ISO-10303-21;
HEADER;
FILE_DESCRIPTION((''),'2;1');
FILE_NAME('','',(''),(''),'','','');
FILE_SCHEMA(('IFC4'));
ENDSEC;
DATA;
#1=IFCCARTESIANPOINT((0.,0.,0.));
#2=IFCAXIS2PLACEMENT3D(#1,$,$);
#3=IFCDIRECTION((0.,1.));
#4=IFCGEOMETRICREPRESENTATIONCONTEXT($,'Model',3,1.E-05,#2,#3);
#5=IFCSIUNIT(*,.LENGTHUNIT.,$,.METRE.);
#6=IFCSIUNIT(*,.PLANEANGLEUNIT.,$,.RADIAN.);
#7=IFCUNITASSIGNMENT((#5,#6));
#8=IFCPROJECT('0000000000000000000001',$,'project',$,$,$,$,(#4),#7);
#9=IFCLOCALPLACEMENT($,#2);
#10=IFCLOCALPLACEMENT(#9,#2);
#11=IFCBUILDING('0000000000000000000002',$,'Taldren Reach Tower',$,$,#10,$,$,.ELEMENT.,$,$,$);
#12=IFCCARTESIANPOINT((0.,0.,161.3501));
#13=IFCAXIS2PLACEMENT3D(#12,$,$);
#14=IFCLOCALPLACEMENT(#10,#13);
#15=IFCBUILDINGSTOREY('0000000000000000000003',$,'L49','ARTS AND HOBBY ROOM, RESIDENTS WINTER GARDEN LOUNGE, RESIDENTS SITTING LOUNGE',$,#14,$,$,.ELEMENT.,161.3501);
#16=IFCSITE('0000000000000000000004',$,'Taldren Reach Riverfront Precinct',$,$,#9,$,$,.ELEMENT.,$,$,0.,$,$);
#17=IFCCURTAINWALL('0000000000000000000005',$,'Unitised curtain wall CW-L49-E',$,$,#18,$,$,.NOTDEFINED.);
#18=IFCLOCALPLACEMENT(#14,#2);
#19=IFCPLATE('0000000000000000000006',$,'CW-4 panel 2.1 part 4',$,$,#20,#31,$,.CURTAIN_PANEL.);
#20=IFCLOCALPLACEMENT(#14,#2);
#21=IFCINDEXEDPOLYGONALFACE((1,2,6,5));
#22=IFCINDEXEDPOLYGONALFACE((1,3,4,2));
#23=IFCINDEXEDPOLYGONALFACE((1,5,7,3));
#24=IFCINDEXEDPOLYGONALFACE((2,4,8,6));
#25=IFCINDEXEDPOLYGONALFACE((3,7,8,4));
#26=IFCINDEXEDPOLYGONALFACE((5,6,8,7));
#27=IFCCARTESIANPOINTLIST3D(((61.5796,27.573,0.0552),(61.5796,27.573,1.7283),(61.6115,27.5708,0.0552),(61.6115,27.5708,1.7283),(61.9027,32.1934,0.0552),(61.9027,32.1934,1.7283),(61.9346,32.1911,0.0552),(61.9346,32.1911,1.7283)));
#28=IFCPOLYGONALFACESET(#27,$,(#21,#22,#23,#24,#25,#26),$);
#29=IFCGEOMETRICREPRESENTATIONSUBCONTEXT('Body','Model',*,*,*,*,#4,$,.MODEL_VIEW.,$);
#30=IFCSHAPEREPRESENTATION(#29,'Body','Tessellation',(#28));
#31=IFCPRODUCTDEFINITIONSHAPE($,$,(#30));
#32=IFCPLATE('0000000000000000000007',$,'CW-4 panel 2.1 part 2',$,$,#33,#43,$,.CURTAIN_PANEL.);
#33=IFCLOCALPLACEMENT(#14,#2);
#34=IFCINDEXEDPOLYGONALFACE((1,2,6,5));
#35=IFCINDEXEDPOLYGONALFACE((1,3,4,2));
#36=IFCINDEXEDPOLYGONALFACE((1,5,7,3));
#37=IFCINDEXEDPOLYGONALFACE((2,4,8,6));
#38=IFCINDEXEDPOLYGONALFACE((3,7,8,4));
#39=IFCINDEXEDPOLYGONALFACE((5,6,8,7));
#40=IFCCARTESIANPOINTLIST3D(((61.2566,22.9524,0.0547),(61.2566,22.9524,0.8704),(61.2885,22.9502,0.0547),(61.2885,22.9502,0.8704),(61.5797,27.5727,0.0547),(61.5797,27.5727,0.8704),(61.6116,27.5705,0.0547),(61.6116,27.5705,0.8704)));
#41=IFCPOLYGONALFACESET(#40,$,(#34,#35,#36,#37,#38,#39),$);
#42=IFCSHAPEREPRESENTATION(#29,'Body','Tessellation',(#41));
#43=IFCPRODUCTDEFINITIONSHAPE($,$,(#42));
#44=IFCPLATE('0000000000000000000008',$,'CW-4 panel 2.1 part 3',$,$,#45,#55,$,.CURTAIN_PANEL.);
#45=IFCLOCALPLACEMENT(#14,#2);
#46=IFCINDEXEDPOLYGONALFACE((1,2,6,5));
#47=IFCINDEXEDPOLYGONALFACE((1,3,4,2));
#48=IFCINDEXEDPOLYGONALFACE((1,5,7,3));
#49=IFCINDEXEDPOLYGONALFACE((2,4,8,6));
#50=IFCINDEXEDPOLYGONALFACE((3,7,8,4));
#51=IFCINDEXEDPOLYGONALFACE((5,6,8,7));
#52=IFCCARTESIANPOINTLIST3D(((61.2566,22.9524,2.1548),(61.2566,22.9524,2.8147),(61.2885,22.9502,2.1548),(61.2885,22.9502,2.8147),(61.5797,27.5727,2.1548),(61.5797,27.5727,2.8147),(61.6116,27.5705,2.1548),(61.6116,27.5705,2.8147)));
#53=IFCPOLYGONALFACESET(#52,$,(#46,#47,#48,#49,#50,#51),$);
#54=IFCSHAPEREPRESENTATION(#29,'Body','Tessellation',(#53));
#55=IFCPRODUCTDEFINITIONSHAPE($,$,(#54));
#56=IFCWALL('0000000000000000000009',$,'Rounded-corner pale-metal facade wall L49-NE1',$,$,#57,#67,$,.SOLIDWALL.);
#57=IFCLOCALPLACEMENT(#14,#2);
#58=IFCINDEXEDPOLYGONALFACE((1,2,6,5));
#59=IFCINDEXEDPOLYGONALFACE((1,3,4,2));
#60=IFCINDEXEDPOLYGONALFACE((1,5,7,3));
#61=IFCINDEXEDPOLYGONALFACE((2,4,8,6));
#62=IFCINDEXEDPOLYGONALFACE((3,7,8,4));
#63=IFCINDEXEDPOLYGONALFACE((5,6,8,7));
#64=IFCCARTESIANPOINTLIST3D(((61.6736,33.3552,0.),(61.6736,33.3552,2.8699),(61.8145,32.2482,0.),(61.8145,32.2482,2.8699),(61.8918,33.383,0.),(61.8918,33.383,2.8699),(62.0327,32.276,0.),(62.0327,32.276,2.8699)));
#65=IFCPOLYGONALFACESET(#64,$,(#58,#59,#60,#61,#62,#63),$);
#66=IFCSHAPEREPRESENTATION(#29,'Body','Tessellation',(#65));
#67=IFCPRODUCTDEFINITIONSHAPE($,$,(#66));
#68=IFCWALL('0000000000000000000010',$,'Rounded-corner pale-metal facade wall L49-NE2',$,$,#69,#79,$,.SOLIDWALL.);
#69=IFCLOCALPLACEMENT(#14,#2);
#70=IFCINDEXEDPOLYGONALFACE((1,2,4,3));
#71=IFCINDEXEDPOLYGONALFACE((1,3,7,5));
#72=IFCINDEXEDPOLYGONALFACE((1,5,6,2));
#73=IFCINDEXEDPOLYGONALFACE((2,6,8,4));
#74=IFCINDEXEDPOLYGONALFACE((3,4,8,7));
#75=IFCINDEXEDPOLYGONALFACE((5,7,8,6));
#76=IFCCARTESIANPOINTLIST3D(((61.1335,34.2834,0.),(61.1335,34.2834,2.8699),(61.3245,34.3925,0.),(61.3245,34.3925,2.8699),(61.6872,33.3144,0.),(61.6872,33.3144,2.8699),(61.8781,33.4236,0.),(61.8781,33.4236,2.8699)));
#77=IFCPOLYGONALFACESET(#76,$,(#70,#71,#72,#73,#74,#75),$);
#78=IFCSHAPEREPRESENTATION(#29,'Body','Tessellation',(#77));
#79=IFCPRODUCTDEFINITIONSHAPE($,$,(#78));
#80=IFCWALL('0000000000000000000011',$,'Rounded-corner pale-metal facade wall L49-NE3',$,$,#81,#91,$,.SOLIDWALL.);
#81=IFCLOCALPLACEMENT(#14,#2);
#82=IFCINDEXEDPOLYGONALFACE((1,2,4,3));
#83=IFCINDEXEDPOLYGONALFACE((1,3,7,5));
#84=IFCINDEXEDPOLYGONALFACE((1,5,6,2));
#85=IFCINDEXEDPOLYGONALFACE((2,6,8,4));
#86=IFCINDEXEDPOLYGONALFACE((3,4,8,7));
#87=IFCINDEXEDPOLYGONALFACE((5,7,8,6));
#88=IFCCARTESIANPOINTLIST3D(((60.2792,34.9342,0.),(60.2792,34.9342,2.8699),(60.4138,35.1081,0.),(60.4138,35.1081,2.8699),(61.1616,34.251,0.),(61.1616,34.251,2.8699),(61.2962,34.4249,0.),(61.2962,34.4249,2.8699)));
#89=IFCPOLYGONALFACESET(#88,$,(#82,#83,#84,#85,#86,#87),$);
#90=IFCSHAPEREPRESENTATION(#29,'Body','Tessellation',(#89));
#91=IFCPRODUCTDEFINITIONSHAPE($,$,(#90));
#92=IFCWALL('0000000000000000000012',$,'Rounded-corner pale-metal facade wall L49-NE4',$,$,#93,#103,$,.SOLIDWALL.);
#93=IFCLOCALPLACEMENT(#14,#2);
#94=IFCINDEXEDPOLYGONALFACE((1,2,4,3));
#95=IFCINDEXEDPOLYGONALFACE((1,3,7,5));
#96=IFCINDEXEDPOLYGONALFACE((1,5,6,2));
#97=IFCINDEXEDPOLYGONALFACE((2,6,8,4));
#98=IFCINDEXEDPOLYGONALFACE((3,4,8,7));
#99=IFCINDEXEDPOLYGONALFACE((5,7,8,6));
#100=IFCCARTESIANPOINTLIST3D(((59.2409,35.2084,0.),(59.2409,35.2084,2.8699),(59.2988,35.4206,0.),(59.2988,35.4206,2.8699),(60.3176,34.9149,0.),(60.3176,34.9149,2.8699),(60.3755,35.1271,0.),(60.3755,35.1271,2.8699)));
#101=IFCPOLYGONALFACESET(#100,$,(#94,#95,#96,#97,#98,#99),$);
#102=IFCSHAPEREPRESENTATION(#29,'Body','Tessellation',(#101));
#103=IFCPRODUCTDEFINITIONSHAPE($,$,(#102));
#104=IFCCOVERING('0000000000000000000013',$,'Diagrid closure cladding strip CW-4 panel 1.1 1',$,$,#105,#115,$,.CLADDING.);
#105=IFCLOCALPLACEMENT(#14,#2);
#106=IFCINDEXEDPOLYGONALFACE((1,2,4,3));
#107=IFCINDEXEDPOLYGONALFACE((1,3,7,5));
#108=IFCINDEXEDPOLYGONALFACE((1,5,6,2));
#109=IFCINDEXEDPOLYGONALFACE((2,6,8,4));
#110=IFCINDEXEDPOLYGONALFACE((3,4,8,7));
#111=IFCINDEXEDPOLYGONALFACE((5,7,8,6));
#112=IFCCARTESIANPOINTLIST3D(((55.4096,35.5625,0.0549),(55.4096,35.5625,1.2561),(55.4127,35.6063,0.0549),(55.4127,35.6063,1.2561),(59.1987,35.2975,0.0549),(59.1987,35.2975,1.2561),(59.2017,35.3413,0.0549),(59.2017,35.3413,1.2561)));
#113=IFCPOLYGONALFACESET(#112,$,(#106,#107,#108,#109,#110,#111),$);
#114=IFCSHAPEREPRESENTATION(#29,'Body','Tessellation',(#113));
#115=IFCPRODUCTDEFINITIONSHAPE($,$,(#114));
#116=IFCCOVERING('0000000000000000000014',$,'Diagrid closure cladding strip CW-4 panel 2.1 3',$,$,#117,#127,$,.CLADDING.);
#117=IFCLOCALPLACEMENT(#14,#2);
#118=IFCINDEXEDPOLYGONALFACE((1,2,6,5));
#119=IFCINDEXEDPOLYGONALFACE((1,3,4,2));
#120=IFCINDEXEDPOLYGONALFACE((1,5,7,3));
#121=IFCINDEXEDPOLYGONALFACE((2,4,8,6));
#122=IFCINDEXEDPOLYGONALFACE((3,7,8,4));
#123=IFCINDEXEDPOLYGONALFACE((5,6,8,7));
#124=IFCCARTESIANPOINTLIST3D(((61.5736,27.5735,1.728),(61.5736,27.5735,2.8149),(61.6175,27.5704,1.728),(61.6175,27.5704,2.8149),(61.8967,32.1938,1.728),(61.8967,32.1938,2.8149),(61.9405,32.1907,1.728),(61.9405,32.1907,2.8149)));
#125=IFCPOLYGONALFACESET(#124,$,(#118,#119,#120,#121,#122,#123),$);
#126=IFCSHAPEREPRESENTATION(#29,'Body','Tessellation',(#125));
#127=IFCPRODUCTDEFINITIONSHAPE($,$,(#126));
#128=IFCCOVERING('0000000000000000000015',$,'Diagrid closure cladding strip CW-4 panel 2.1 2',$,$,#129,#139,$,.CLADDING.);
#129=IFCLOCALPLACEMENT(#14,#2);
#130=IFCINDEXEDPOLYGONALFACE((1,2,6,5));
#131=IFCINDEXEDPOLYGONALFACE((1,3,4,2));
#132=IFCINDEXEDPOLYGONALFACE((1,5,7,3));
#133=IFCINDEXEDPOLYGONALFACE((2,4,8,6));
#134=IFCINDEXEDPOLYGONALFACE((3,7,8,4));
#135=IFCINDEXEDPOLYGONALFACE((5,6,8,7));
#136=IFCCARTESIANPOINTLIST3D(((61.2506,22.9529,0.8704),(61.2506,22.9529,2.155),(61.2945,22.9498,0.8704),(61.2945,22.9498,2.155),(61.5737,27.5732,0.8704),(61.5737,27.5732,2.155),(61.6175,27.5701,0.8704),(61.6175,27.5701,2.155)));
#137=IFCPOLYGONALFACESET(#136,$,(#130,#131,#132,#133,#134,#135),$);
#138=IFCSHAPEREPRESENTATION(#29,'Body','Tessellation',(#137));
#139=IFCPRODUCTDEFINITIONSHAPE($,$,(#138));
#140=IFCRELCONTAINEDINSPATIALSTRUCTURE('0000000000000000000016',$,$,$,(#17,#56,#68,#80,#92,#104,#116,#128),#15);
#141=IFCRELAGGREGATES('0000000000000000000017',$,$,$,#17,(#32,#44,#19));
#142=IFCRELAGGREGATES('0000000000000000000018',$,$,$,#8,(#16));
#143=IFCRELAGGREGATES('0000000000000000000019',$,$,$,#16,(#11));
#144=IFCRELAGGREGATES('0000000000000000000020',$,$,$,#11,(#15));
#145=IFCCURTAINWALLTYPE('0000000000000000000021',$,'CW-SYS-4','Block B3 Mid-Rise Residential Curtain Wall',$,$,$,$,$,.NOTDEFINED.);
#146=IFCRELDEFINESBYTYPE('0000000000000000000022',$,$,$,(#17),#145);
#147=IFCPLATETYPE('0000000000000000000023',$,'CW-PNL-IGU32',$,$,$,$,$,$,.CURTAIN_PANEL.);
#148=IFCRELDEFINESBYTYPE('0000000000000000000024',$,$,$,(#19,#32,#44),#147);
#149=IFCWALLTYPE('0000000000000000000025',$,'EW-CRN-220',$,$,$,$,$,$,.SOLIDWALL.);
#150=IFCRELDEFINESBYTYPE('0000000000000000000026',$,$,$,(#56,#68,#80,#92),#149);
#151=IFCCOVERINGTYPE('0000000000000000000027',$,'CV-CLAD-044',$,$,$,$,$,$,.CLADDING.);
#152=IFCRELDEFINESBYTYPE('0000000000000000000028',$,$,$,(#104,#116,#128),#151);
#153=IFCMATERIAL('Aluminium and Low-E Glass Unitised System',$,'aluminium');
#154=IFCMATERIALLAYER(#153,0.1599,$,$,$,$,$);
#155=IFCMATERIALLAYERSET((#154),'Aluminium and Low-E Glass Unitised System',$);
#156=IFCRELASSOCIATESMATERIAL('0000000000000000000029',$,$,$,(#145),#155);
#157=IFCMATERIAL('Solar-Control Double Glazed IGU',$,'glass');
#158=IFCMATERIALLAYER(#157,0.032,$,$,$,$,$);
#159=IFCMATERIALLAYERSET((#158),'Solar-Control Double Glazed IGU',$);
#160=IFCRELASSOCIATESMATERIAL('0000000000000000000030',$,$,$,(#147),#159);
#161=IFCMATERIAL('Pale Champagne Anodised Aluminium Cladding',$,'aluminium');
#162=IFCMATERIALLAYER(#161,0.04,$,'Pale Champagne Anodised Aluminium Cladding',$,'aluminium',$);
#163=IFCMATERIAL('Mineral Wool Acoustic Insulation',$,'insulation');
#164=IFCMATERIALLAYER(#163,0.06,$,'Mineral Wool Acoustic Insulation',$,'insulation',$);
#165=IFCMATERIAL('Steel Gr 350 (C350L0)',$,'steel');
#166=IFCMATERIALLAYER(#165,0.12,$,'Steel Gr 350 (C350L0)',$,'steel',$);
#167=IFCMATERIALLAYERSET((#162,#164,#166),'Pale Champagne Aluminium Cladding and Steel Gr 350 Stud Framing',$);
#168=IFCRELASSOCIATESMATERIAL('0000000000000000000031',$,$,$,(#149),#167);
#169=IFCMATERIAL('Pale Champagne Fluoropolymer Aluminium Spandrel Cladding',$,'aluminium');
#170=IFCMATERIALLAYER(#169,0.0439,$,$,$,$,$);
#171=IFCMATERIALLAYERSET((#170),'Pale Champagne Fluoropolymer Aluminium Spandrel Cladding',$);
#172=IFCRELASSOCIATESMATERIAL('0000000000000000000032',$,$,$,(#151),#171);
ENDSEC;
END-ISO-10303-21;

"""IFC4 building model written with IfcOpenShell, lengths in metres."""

from ifc_helpers import new_model, si_unit, direction, frame, frame_2d, origin, origin_2d, place, context, subcontext, project, spatial, rectangle, extrude, source, transform, mapped, material, layer, layer_set, type_object, element, aggregate, save


model = new_model("IFC4")

# Units and contexts
model_context = context("Model", 3, precision=1e-05, world=origin(), true_north=direction((0.0, 1.0)))
body_context = subcontext(model_context, "Body", "Model", "MODEL_VIEW")
ifc_project = project(units=[si_unit("LENGTHUNIT", "METRE"), si_unit("PLANEANGLEUNIT", "RADIAN")], contexts=[model_context])

# Site, building, storey
site_placement = place(None, origin())
site = spatial("IfcSite", under=ifc_project, at=site_placement, Name="Taldren Reach Riverfront Precinct", CompositionType="ELEMENT", RefElevation=0.0)
building_placement = place(site_placement, origin())
building = spatial("IfcBuilding", under=site, at=building_placement, Name="Taldren Reach Tower", CompositionType="ELEMENT")
storey_placement = place(building_placement, frame((0.0, 0.0, 161.3501)))
storey = spatial("IfcBuildingStorey", under=building, at=storey_placement, Name="L49", Description="ARTS AND HOBBY ROOM, RESIDENTS WINTER GARDEN LOUNGE, RESIDENTS SITTING LOUNGE", CompositionType="ELEMENT", Elevation=161.3501)

# Shared definitions
ifc_material_1 = material(Name="Steel Gr 350 (C350L0)", Category="steel")

# Shared definitions
ifc_material_2 = material(Name="Aluminium and Low-E Glass Unitised System", Category="aluminium")
ifc_layer_1 = layer(ifc_material_2, 0.1599)
ifc_layer_set_1 = layer_set([ifc_layer_1], Name="Aluminium and Low-E Glass Unitised System")
curtain_wall_type = type_object("IfcCurtainWallType", Name="CW-SYS-4", Description="Block B3 Mid-Rise Residential Curtain Wall", PredefinedType="NOTDEFINED", material=ifc_layer_set_1)

# Curtain wall
curtain_wall_1_placement = place(storey_placement, origin())
curtain_wall_1 = element("IfcCurtainWall", 1, at=curtain_wall_1_placement, inside=storey, type_object=curtain_wall_type, Name="Unitised curtain wall CW-L49-E", PredefinedType="NOTDEFINED")

# Plates
ifc_material_3 = material(Name="Solar-Control Double Glazed IGU", Category="glass")
ifc_layer_2 = layer(ifc_material_3, 0.032)
ifc_layer_set_2 = layer_set([ifc_layer_2], Name="Solar-Control Double Glazed IGU")
plate_type_1 = type_object("IfcPlateType", Name="CW-PNL-IGU32", PredefinedType="CURTAIN_PANEL", material=ifc_layer_set_2)
shared_shape_1 = source(origin(), body_context, "Body", "SweptSolid", [
    extrude(rectangle(XDim=4.6316, YDim=0.032, at=origin_2d()), origin(), (0.0, 0.0, 1.0), 1.6731),
])
plate_1_placement = place(storey_placement, frame((61.7571, 29.8821, 0.0552), z_axis=(0.0, 0.0, 1.0), x_axis=(0.069756, 0.997564, 0.0)))
plate_1 = element("IfcPlate", 2, at=plate_1_placement, type_object=plate_type_1, Name="CW-4 panel 2.1 part 4", PredefinedType="CURTAIN_PANEL", context=body_context, shape_type="MappedRepresentation", body=[
    mapped(shared_shape_1, transform((0.0, 0.0, 0.0), scale=1.0)),
])
shared_shape_2 = source(origin(), body_context, "Body", "SweptSolid", [
    extrude(rectangle(XDim=4.6316, YDim=0.032, at=origin_2d()), origin(), (0.0, 0.0, 1.0), 0.8157),
])
plate_2_placement = place(storey_placement, frame((61.4341, 25.2615, 0.0547), z_axis=(0.0, 0.0, 1.0), x_axis=(0.069756, 0.997564, 0.0)))
plate_2 = element("IfcPlate", 3, at=plate_2_placement, type_object=plate_type_1, Name="CW-4 panel 2.1 part 2", PredefinedType="CURTAIN_PANEL", context=body_context, shape_type="MappedRepresentation", body=[
    mapped(shared_shape_2, transform((0.0, 0.0, 0.0), scale=1.0)),
])
shared_shape_3 = source(origin(), body_context, "Body", "SweptSolid", [
    extrude(rectangle(XDim=4.6316, YDim=0.032, at=origin_2d()), origin(), (0.0, 0.0, 1.0), 0.6599),
])
plate_3_placement = place(storey_placement, frame((61.4341, 25.2615, 2.1548), z_axis=(0.0, 0.0, 1.0), x_axis=(0.069756, 0.997564, 0.0)))
plate_3 = element("IfcPlate", 4, at=plate_3_placement, type_object=plate_type_1, Name="CW-4 panel 2.1 part 3", PredefinedType="CURTAIN_PANEL", context=body_context, shape_type="MappedRepresentation", body=[
    mapped(shared_shape_3, transform((0.0, 0.0, 0.0), scale=1.0)),
])
aggregate(curtain_wall_1, [plate_2, plate_3, plate_1])

# Walls
ifc_material_4 = material(Name="Pale Champagne Anodised Aluminium Cladding", Category="aluminium")
ifc_layer_3 = layer(ifc_material_4, 0.04, Name="Pale Champagne Anodised Aluminium Cladding", Category="aluminium")
ifc_material_5 = material(Name="Mineral Wool Acoustic Insulation", Category="insulation")
ifc_layer_4 = layer(ifc_material_5, 0.06, Name="Mineral Wool Acoustic Insulation", Category="insulation")
ifc_layer_5 = layer(ifc_material_1, 0.12, Name="Steel Gr 350 (C350L0)", Category="steel")
ifc_layer_set_3 = layer_set([ifc_layer_3, ifc_layer_4, ifc_layer_5], Name="Pale Champagne Aluminium Cladding and Steel Gr 350 Stud Framing")
wall_type = type_object("IfcWallType", Name="EW-CRN-220", PredefinedType="SOLIDWALL", material=ifc_layer_set_3)
shared_shape_4 = source(origin(), body_context, "Body", "SweptSolid", [
    extrude(rectangle(XDim=1.116, YDim=0.22, at=frame_2d((0.5581, 0.0))), origin(), (0.0, 0.0, 1.0), 2.8699),
])
for number, where, z_axis, x_axis, name in (
    (5, (61.9236, 32.262, 0.0), (0.0, 0.0, 1.0), (-0.126243, 0.991999, 0.0), "Rounded-corner pale-metal facade wall L49-NE1"),
    (6, (61.7827, 33.3689, 0.0), (0.0, 0.0, 1.0), (-0.496139, 0.868243, 0.0), "Rounded-corner pale-metal facade wall L49-NE2"),
    (7, (61.229, 34.3379, 0.0), (0.0, 0.0, 1.0), (-0.790717, 0.612182, 0.0), "Rounded-corner pale-metal facade wall L49-NE3"),
    (8, (60.3467, 35.021, 0.0), (0.0, 0.0, 1.0), (-0.964804, 0.262969, 0.0), "Rounded-corner pale-metal facade wall L49-NE4"),
):
    element("IfcWall", number, at=place(storey_placement, frame(where, z_axis=z_axis, x_axis=x_axis)), inside=storey, type_object=wall_type, Name=name, PredefinedType="SOLIDWALL", context=body_context, shape_type="MappedRepresentation", body=[
        mapped(shared_shape_4, transform((0.0, 0.0, 0.0), scale=1.0)),
    ])

# Coverings
ifc_material_6 = material(Name="Pale Champagne Fluoropolymer Aluminium Spandrel Cladding", Category="aluminium")
ifc_layer_6 = layer(ifc_material_6, 0.0439)
ifc_layer_set_4 = layer_set([ifc_layer_6], Name="Pale Champagne Fluoropolymer Aluminium Spandrel Cladding")
covering_type = type_object("IfcCoveringType", Name="CV-CLAD-044", PredefinedType="CLADDING", material=ifc_layer_set_4)
shared_shape_5 = source(origin(), body_context, "Body", "SweptSolid", [
    extrude(rectangle(XDim=3.7983, YDim=0.0439, at=origin_2d()), origin(), (0.0, 0.0, 1.0), 1.2012),
])
covering_1_placement = place(storey_placement, frame((57.3057, 35.4519, 0.0549), z_axis=(0.0, 0.0, 1.0), x_axis=(-0.997564, 0.069757, 0.0)))
element("IfcCovering", 9, at=covering_1_placement, inside=storey, type_object=covering_type, Name="Diagrid closure cladding strip CW-4 panel 1.1 1", PredefinedType="CLADDING", context=body_context, shape_type="MappedRepresentation", body=[
    mapped(shared_shape_5, transform((0.0, 0.0, 0.0), scale=1.0)),
])
shared_shape_6 = source(origin(), body_context, "Body", "SweptSolid", [
    extrude(rectangle(XDim=4.6316, YDim=0.0439, at=origin_2d()), origin(), (0.0, 0.0, 1.0), 1.0869),
])
covering_2_placement = place(storey_placement, frame((61.7571, 29.8821, 1.728), z_axis=(0.0, 0.0, 1.0), x_axis=(0.069756, 0.997564, 0.0)))
element("IfcCovering", 10, at=covering_2_placement, inside=storey, type_object=covering_type, Name="Diagrid closure cladding strip CW-4 panel 2.1 3", PredefinedType="CLADDING", context=body_context, shape_type="MappedRepresentation", body=[
    mapped(shared_shape_6, transform((0.0, 0.0, 0.0), scale=1.0)),
])
shared_shape_7 = source(origin(), body_context, "Body", "SweptSolid", [
    extrude(rectangle(XDim=4.6316, YDim=0.0439, at=origin_2d()), origin(), (0.0, 0.0, 1.0), 1.2847),
])
covering_3_placement = place(storey_placement, frame((61.4341, 25.2615, 0.8704), z_axis=(0.0, 0.0, 1.0), x_axis=(0.069756, 0.997564, 0.0)))
element("IfcCovering", 11, at=covering_3_placement, inside=storey, type_object=covering_type, Name="Diagrid closure cladding strip CW-4 panel 2.1 2", PredefinedType="CLADDING", context=body_context, shape_type="MappedRepresentation", body=[
    mapped(shared_shape_7, transform((0.0, 0.0, 0.0), scale=1.0)),
])

save(model, "model.ifc")
